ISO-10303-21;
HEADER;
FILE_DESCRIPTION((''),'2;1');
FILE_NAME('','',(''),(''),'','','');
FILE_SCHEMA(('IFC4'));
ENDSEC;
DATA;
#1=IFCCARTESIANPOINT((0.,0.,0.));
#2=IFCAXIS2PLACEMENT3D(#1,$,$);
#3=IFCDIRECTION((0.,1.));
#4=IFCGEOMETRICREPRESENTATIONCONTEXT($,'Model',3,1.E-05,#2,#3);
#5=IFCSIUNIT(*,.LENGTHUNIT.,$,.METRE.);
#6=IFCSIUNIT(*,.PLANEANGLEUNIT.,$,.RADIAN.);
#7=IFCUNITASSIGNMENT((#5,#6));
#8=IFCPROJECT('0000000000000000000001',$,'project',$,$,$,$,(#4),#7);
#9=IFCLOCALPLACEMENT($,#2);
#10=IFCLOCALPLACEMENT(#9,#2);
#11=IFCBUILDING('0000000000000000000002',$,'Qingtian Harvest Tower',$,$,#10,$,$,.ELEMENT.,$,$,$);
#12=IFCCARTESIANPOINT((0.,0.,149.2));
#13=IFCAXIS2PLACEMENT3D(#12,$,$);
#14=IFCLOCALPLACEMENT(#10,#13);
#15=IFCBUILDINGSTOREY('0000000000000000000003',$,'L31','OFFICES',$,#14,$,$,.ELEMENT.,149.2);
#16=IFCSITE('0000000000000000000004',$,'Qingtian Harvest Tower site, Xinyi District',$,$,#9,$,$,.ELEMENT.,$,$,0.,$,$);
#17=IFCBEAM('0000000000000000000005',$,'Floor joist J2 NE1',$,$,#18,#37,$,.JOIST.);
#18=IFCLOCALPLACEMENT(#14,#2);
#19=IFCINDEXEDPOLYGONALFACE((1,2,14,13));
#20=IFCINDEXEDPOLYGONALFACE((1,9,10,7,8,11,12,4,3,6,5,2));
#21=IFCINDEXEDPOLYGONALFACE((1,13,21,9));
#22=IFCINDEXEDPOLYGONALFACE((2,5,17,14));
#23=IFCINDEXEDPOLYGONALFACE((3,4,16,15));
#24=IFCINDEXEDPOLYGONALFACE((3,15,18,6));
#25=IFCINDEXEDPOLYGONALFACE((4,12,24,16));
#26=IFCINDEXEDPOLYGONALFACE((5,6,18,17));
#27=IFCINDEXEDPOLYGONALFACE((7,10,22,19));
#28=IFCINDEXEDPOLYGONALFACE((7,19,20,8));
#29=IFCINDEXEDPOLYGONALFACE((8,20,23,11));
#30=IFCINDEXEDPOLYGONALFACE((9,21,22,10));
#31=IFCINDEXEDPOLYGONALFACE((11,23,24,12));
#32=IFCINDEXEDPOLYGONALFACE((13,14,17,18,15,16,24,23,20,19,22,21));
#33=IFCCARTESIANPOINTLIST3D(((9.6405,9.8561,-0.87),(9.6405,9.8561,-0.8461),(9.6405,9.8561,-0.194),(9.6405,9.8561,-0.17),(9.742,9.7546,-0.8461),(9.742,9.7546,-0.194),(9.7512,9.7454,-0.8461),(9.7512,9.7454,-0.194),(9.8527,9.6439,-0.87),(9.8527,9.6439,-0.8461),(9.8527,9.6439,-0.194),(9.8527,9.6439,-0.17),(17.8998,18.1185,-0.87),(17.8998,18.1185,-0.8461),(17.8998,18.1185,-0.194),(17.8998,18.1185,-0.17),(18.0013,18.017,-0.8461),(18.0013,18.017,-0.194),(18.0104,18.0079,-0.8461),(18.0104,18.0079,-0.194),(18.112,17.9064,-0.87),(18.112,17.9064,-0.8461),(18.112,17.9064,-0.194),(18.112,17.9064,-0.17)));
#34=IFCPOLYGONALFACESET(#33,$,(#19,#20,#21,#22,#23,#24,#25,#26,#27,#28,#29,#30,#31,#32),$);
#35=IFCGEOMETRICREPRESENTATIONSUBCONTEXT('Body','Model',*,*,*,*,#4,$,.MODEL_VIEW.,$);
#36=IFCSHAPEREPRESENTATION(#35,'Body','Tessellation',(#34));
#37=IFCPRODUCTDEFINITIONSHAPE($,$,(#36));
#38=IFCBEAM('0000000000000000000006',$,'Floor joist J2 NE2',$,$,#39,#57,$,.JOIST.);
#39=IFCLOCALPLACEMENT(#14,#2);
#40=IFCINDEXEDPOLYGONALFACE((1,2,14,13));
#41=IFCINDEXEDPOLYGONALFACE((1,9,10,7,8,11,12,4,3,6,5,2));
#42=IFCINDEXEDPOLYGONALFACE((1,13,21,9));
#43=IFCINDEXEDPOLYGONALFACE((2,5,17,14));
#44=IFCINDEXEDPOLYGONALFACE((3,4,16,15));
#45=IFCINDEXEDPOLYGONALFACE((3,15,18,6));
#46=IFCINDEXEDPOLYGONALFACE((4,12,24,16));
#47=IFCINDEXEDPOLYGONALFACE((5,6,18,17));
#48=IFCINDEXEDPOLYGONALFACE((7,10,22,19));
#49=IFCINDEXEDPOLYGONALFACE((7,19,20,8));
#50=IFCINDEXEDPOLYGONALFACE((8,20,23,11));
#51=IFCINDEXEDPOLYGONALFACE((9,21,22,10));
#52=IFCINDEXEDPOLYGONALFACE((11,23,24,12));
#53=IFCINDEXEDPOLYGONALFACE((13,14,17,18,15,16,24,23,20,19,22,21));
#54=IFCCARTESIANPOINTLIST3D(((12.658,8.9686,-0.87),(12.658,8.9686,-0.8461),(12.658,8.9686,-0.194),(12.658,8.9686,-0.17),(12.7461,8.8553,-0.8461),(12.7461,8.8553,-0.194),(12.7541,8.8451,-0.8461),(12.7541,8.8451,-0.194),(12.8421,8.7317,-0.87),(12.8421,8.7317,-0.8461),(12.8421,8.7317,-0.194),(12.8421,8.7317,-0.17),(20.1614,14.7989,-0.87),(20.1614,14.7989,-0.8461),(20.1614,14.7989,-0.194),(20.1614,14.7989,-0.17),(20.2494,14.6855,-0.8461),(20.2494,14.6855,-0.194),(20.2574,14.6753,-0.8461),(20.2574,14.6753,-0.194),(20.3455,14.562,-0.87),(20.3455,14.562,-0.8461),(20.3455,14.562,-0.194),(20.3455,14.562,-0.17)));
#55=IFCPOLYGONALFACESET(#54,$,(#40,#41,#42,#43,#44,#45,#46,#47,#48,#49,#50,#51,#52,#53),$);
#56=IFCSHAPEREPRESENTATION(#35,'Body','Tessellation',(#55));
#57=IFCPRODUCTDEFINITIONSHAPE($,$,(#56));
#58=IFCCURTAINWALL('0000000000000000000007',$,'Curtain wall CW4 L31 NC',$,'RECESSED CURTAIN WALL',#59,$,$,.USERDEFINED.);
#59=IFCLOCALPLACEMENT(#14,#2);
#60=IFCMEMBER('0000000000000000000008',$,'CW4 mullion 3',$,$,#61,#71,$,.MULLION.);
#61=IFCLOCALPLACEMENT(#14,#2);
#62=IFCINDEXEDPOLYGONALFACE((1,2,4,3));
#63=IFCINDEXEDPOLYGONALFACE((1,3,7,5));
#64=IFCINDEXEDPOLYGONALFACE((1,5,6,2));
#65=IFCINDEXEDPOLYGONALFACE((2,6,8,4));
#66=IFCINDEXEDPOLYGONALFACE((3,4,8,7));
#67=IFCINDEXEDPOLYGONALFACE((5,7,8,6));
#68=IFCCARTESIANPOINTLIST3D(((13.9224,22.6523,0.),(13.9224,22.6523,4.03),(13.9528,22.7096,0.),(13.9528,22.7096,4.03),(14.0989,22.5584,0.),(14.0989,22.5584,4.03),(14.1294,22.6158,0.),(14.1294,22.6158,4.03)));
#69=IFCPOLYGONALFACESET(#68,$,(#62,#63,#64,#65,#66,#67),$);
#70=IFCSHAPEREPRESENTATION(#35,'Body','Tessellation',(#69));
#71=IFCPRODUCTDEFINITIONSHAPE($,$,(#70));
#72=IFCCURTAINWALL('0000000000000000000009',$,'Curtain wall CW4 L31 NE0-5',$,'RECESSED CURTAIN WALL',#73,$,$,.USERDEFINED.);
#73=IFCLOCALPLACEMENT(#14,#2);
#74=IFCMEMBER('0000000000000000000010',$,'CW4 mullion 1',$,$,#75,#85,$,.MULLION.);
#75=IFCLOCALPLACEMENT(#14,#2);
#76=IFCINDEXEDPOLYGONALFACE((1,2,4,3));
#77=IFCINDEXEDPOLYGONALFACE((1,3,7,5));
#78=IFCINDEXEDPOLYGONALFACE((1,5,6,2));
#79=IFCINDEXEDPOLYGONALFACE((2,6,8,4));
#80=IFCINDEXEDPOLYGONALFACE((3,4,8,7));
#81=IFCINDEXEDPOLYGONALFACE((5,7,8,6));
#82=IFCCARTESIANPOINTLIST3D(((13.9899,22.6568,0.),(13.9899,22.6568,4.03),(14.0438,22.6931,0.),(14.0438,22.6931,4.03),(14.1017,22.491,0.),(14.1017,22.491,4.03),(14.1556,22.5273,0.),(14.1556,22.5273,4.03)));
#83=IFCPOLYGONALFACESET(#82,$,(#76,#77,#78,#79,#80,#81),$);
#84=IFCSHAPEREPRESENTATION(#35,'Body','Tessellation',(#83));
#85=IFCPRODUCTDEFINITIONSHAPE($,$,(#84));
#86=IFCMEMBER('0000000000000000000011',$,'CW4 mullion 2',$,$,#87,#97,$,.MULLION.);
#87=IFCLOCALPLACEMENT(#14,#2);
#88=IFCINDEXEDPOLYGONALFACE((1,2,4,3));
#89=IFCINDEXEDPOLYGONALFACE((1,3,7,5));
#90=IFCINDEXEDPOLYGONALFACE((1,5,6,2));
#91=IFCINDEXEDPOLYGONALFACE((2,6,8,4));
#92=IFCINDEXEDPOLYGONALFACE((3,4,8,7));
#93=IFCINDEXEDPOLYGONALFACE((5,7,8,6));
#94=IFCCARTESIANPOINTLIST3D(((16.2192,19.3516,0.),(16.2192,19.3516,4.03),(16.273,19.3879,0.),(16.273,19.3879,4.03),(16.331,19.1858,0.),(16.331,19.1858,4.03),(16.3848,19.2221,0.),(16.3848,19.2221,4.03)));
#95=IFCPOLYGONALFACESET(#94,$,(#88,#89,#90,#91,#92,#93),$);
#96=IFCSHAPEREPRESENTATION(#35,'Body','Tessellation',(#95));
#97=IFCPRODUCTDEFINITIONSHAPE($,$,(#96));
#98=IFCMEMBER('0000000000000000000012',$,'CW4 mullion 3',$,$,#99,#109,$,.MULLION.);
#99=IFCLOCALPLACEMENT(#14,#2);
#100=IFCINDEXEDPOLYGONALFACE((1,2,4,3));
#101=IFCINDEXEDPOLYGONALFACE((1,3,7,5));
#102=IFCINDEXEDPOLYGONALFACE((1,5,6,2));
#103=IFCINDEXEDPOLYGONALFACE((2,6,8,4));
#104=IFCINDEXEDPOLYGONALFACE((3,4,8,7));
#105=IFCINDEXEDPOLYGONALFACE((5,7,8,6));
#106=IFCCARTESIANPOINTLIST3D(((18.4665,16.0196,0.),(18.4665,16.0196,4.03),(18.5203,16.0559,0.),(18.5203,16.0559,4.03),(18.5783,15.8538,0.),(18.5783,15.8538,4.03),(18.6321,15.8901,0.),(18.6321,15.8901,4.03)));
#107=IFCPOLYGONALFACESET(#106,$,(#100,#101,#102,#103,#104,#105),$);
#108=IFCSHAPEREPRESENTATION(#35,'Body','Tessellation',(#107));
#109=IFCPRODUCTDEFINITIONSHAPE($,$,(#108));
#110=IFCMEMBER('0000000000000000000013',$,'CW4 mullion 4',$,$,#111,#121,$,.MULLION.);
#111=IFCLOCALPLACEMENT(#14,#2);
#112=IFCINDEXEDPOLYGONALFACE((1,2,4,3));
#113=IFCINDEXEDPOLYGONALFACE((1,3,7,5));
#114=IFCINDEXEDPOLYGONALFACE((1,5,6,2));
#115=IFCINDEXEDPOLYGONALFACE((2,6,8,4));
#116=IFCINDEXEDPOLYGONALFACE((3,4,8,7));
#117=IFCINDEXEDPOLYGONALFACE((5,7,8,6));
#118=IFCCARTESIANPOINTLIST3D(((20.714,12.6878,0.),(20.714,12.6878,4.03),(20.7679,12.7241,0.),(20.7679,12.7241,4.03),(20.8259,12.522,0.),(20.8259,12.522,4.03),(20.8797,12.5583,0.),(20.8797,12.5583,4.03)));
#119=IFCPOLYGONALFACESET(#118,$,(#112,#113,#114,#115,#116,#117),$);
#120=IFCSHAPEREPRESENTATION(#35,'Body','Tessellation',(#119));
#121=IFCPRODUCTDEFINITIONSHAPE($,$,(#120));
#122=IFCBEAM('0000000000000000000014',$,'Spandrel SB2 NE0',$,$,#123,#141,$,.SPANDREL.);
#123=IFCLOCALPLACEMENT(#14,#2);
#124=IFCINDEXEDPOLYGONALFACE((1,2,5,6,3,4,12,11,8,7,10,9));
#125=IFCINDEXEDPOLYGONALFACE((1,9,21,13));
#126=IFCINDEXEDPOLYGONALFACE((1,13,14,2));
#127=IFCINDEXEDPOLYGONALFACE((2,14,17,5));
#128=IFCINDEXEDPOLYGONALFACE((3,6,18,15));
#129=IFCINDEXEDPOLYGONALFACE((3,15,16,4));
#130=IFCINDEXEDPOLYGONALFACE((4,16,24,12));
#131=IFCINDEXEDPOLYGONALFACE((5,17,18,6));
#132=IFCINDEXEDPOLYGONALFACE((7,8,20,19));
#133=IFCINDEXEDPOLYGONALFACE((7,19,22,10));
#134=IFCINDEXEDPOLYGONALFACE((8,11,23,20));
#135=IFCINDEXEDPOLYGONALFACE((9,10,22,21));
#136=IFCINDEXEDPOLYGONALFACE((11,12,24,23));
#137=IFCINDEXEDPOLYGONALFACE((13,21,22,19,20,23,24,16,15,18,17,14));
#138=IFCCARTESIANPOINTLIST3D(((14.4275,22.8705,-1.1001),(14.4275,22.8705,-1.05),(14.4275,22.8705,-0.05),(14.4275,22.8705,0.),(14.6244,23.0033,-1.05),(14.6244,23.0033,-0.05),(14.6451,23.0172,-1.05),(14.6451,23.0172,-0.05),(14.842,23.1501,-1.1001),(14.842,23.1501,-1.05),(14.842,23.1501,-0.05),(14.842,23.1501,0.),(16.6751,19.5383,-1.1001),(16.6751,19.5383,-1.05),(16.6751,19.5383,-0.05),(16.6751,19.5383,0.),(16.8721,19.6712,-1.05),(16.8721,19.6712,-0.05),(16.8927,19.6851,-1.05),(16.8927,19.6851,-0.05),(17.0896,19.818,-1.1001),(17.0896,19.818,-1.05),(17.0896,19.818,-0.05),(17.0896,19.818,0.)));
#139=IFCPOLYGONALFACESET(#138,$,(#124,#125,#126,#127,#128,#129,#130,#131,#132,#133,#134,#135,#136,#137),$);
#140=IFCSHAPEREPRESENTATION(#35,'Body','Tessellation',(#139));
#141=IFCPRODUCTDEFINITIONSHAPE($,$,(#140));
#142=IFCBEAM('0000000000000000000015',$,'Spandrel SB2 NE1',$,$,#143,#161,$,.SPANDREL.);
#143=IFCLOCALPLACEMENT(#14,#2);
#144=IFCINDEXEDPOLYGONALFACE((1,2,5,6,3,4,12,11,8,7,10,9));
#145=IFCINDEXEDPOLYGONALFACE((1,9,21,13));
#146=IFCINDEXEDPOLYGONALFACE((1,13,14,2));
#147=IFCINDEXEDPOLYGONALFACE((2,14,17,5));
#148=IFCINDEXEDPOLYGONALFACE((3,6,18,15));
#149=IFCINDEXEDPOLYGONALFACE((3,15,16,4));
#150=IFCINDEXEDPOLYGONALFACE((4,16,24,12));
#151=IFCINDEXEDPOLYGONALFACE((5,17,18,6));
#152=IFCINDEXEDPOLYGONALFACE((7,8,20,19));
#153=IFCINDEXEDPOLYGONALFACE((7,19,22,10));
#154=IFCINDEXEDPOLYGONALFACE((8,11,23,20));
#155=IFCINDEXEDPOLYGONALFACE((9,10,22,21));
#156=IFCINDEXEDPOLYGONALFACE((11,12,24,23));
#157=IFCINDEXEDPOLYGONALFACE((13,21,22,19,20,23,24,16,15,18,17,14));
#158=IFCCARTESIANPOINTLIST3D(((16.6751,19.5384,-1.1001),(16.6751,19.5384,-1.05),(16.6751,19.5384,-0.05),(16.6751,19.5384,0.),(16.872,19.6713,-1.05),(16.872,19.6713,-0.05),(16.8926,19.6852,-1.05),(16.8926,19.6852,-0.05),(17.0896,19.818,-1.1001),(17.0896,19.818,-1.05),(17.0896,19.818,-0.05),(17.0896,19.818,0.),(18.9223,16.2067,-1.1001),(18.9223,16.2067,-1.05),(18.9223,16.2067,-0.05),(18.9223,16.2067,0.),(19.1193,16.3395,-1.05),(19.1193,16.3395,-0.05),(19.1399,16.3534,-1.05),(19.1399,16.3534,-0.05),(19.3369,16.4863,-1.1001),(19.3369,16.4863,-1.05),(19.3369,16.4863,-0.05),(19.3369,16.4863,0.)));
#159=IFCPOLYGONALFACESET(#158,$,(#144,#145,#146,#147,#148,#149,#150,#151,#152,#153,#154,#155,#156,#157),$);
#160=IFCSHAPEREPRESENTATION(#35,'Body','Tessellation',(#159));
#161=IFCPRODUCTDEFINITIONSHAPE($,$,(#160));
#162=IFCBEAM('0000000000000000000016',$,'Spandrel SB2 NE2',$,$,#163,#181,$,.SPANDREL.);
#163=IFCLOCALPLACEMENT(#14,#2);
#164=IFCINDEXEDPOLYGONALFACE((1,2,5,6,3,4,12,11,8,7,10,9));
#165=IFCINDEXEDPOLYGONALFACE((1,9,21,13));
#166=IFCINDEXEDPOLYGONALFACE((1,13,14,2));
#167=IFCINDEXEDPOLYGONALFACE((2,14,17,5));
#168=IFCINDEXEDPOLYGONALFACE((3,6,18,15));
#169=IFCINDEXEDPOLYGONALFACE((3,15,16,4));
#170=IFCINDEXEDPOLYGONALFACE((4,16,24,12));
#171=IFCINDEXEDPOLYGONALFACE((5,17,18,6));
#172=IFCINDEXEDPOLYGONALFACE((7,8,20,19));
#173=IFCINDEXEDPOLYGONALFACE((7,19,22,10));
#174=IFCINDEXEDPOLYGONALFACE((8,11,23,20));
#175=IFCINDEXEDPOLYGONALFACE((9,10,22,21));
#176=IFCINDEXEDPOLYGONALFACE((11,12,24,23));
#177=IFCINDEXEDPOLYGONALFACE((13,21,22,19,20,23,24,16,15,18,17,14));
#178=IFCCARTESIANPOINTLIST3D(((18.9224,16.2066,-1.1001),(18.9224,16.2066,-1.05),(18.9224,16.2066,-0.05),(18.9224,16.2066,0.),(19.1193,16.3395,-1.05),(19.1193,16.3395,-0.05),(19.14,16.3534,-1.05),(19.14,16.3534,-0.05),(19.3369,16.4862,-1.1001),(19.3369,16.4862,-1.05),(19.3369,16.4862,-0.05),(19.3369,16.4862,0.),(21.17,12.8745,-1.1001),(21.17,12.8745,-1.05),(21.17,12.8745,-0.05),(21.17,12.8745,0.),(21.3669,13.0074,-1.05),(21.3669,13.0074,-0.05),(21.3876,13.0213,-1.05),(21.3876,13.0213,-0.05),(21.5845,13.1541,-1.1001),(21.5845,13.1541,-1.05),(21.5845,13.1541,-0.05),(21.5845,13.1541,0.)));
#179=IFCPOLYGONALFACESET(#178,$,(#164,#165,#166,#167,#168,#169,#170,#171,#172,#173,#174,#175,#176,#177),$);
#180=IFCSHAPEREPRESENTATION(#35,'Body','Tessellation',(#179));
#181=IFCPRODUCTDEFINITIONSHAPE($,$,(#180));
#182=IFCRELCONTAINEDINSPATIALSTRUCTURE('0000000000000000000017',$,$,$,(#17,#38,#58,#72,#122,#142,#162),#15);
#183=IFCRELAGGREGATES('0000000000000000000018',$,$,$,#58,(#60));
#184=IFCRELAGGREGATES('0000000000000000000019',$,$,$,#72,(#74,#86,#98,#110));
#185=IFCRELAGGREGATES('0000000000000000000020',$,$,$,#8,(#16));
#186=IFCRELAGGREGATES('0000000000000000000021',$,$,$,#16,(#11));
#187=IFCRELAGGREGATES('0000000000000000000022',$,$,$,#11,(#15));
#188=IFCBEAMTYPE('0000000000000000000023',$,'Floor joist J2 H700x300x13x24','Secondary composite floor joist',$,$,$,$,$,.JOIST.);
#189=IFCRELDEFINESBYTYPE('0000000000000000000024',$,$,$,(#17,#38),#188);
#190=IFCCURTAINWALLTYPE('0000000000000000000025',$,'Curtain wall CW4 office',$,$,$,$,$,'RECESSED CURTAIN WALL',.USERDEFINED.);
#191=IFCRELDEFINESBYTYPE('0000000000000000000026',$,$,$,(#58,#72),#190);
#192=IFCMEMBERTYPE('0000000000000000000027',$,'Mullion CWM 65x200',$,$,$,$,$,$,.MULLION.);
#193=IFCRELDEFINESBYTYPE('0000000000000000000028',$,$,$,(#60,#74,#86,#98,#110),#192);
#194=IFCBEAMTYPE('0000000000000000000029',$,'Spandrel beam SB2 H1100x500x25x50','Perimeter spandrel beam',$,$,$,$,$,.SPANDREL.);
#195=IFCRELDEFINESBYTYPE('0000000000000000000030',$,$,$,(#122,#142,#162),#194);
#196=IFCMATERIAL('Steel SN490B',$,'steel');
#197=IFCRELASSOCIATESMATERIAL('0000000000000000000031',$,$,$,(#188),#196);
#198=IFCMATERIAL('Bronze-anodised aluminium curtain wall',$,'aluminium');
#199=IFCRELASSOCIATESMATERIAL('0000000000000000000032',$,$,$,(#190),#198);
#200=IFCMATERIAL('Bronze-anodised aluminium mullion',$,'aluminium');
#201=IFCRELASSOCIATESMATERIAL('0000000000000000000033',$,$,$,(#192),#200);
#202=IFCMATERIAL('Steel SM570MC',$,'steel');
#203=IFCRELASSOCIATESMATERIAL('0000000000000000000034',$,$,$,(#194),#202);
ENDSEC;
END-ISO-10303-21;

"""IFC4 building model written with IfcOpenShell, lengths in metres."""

from ifc_helpers import new_model, si_unit, direction, frame, origin, origin_2d, place, context, subcontext, project, spatial, rectangle, i_section, extrude, material, material_profile, profile_set, type_object, element, aggregate, save


model = new_model("IFC4")

# Units and contexts
model_context = context("Model", 3, precision=1e-05, world=origin(), true_north=direction((0.0, 1.0)))
body_context = subcontext(model_context, "Body", "Model", "MODEL_VIEW")
ifc_project = project(units=[si_unit("LENGTHUNIT", "METRE"), si_unit("PLANEANGLEUNIT", "RADIAN")], contexts=[model_context])

# Site, building, storey
site_placement = place(None, origin())
site = spatial("IfcSite", under=ifc_project, at=site_placement, Name="Qingtian Harvest Tower site, Xinyi District", CompositionType="ELEMENT", RefElevation=0.0)
building_placement = place(site_placement, origin())
building = spatial("IfcBuilding", under=site, at=building_placement, Name="Qingtian Harvest Tower", CompositionType="ELEMENT")
storey_placement = place(building_placement, frame((0.0, 0.0, 149.2)))
storey = spatial("IfcBuildingStorey", under=building, at=storey_placement, Name="L31", Description="OFFICES", CompositionType="ELEMENT", Elevation=149.2)

# Beams
ifc_material_1 = material(Name="Steel SN490B", Category="steel")
ifc_material_profile_1 = material_profile(ifc_material_1, i_section(OverallWidth=0.3, OverallDepth=0.7, WebThickness=0.0129, FlangeThickness=0.0239, at=origin_2d()), Name="H700x300x13x24")
ifc_profile_set_1 = profile_set([ifc_material_profile_1], Name="Steel SN490B")
beam_type_1 = type_object("IfcBeamType", Name="Floor joist J2 H700x300x13x24", Description="Secondary composite floor joist", PredefinedType="JOIST", material=ifc_profile_set_1)
beam_1_placement = place(storey_placement, frame((18.0059, 18.0125, -0.52), z_axis=(-0.706971, -0.707243, 0.0), x_axis=(0.707243, -0.706971, 0.0)))
element("IfcBeam", 1, at=beam_1_placement, inside=storey, type_object=beam_type_1, Name="Floor joist J2 NE1", PredefinedType="JOIST", context=body_context, shape_type="SweptSolid", body=[
    extrude(i_section(OverallWidth=0.3, OverallDepth=0.7, WebThickness=0.0129, FlangeThickness=0.0239, at=origin_2d()), origin(), (0.0, 0.0, 1.0), 11.6826),
])
beam_2_placement = place(storey_placement, frame((20.2534, 14.6804, -0.52), z_axis=(-0.789641, -0.613569, 0.0), x_axis=(0.613569, -0.789641, 0.0)))
element("IfcBeam", 2, at=beam_2_placement, inside=storey, type_object=beam_type_1, Name="Floor joist J2 NE2", PredefinedType="JOIST", context=body_context, shape_type="SweptSolid", body=[
    extrude(i_section(OverallWidth=0.3, OverallDepth=0.7, WebThickness=0.0129, FlangeThickness=0.0239, at=origin_2d()), origin(), (0.0, 0.0, 1.0), 9.5022),
])

# Curtain wall, member
ifc_material_2 = material(Name="Bronze-anodised aluminium curtain wall", Category="aluminium")
curtain_wall_type = type_object("IfcCurtainWallType", Name="Curtain wall CW4 office", ElementType="RECESSED CURTAIN WALL", PredefinedType="USERDEFINED", material=ifc_material_2)
curtain_wall_1_placement = place(storey_placement, origin())
curtain_wall_1 = element("IfcCurtainWall", 3, at=curtain_wall_1_placement, inside=storey, type_object=curtain_wall_type, Name="Curtain wall CW4 L31 NC", ObjectType="RECESSED CURTAIN WALL", PredefinedType="USERDEFINED")
ifc_material_3 = material(Name="Bronze-anodised aluminium mullion", Category="aluminium")
ifc_material_profile_2 = material_profile(ifc_material_3, rectangle(XDim=0.0649, YDim=0.2, at=origin_2d()), Name="AL 65x200")
ifc_profile_set_2 = profile_set([ifc_material_profile_2], Name="Bronze-anodised aluminium mullion")
member_type_1 = type_object("IfcMemberType", Name="Mullion CWM 65x200", PredefinedType="MULLION", material=ifc_profile_set_2)
member_1_placement = place(storey_placement, frame((14.0259, 22.634, 0.0), z_axis=(0.0, 0.0, 1.0), x_axis=(0.469472, 0.882948, 0.0)))
member_1 = element("IfcMember", 4, at=member_1_placement, type_object=member_type_1, Name="CW4 mullion 3", PredefinedType="MULLION", context=body_context, shape_type="SweptSolid", body=[
    extrude(rectangle(XDim=0.0649, YDim=0.2, at=origin_2d()), origin(), (0.0, 0.0, 1.0), 4.03),
])
aggregate(curtain_wall_1, [member_1])

# Curtain wall, members
curtain_wall_2_placement = place(storey_placement, origin())
curtain_wall_2 = element("IfcCurtainWall", 5, at=curtain_wall_2_placement, inside=storey, type_object=curtain_wall_type, Name="Curtain wall CW4 L31 NE0-5", ObjectType="RECESSED CURTAIN WALL", PredefinedType="USERDEFINED")
member_2_placement = place(storey_placement, frame((14.0728, 22.592, 0.0), z_axis=(0.0, 0.0, 1.0), x_axis=(0.829038, 0.559193, 0.0)))
member_2 = element("IfcMember", 6, at=member_2_placement, type_object=member_type_1, Name="CW4 mullion 1", PredefinedType="MULLION", context=body_context, shape_type="SweptSolid", body=[
    extrude(rectangle(XDim=0.0649, YDim=0.2, at=origin_2d()), origin(), (0.0, 0.0, 1.0), 4.03),
])
member_3_placement = place(storey_placement, frame((16.302, 19.2869, 0.0), z_axis=(0.0, 0.0, 1.0), x_axis=(0.829038, 0.559193, 0.0)))
member_3 = element("IfcMember", 7, at=member_3_placement, type_object=member_type_1, Name="CW4 mullion 2", PredefinedType="MULLION", context=body_context, shape_type="SweptSolid", body=[
    extrude(rectangle(XDim=0.0649, YDim=0.2, at=origin_2d()), origin(), (0.0, 0.0, 1.0), 4.03),
])
member_4_placement = place(storey_placement, frame((18.5493, 15.9548, 0.0), z_axis=(0.0, 0.0, 1.0), x_axis=(0.829038, 0.559193, 0.0)))
member_4 = element("IfcMember", 8, at=member_4_placement, type_object=member_type_1, Name="CW4 mullion 3", PredefinedType="MULLION", context=body_context, shape_type="SweptSolid", body=[
    extrude(rectangle(XDim=0.0649, YDim=0.2, at=origin_2d()), origin(), (0.0, 0.0, 1.0), 4.03),
])
member_5_placement = place(storey_placement, frame((20.7969, 12.623, 0.0), z_axis=(0.0, 0.0, 1.0), x_axis=(0.829038, 0.559193, 0.0)))
member_5 = element("IfcMember", 9, at=member_5_placement, type_object=member_type_1, Name="CW4 mullion 4", PredefinedType="MULLION", context=body_context, shape_type="SweptSolid", body=[
    extrude(rectangle(XDim=0.0649, YDim=0.2, at=origin_2d()), origin(), (0.0, 0.0, 1.0), 4.03),
])

# Beams
ifc_material_4 = material(Name="Steel SM570MC", Category="steel")
ifc_material_profile_3 = material_profile(ifc_material_4, i_section(OverallWidth=0.5, OverallDepth=1.1001, WebThickness=0.0249, FlangeThickness=0.05, at=origin_2d()), Name="H1100x500x25x50")
ifc_profile_set_3 = profile_set([ifc_material_profile_3], Name="Steel SM570MC")
beam_type_2 = type_object("IfcBeamType", Name="Spandrel beam SB2 H1100x500x25x50", Description="Perimeter spandrel beam", PredefinedType="SPANDREL", material=ifc_profile_set_3)
beam_3_placement = place(storey_placement, frame((14.6348, 23.0103, -0.55), z_axis=(0.559206, -0.829029, 0.0), x_axis=(0.829029, 0.559206, 0.0)))
element("IfcBeam", 10, at=beam_3_placement, inside=storey, type_object=beam_type_2, Name="Spandrel SB2 NE0", PredefinedType="SPANDREL", context=body_context, shape_type="SweptSolid", body=[
    extrude(i_section(OverallWidth=0.5, OverallDepth=1.1001, WebThickness=0.0249, FlangeThickness=0.05, at=origin_2d()), origin(), (0.0, 0.0, 1.0), 4.0193),
])
beam_4_placement = place(storey_placement, frame((16.8823, 19.6782, -0.55), z_axis=(0.559192, -0.829038, 0.0), x_axis=(0.829038, 0.559192, 0.0)))
element("IfcBeam", 11, at=beam_4_placement, inside=storey, type_object=beam_type_2, Name="Spandrel SB2 NE1", PredefinedType="SPANDREL", context=body_context, shape_type="SweptSolid", body=[
    extrude(i_section(OverallWidth=0.5, OverallDepth=1.1001, WebThickness=0.0249, FlangeThickness=0.05, at=origin_2d()), origin(), (0.0, 0.0, 1.0), 4.0188),
])
beam_5_placement = place(storey_placement, frame((19.1296, 16.3464, -0.55), z_axis=(0.559206, -0.829029, 0.0), x_axis=(0.829029, 0.559206, 0.0)))
element("IfcBeam", 12, at=beam_5_placement, inside=storey, type_object=beam_type_2, Name="Spandrel SB2 NE2", PredefinedType="SPANDREL", context=body_context, shape_type="SweptSolid", body=[
    extrude(i_section(OverallWidth=0.5, OverallDepth=1.1001, WebThickness=0.0249, FlangeThickness=0.05, at=origin_2d()), origin(), (0.0, 0.0, 1.0), 4.0193),
])

aggregate(curtain_wall_2, [member_2, member_3, member_4, member_5])

save(model, "model.ifc")
